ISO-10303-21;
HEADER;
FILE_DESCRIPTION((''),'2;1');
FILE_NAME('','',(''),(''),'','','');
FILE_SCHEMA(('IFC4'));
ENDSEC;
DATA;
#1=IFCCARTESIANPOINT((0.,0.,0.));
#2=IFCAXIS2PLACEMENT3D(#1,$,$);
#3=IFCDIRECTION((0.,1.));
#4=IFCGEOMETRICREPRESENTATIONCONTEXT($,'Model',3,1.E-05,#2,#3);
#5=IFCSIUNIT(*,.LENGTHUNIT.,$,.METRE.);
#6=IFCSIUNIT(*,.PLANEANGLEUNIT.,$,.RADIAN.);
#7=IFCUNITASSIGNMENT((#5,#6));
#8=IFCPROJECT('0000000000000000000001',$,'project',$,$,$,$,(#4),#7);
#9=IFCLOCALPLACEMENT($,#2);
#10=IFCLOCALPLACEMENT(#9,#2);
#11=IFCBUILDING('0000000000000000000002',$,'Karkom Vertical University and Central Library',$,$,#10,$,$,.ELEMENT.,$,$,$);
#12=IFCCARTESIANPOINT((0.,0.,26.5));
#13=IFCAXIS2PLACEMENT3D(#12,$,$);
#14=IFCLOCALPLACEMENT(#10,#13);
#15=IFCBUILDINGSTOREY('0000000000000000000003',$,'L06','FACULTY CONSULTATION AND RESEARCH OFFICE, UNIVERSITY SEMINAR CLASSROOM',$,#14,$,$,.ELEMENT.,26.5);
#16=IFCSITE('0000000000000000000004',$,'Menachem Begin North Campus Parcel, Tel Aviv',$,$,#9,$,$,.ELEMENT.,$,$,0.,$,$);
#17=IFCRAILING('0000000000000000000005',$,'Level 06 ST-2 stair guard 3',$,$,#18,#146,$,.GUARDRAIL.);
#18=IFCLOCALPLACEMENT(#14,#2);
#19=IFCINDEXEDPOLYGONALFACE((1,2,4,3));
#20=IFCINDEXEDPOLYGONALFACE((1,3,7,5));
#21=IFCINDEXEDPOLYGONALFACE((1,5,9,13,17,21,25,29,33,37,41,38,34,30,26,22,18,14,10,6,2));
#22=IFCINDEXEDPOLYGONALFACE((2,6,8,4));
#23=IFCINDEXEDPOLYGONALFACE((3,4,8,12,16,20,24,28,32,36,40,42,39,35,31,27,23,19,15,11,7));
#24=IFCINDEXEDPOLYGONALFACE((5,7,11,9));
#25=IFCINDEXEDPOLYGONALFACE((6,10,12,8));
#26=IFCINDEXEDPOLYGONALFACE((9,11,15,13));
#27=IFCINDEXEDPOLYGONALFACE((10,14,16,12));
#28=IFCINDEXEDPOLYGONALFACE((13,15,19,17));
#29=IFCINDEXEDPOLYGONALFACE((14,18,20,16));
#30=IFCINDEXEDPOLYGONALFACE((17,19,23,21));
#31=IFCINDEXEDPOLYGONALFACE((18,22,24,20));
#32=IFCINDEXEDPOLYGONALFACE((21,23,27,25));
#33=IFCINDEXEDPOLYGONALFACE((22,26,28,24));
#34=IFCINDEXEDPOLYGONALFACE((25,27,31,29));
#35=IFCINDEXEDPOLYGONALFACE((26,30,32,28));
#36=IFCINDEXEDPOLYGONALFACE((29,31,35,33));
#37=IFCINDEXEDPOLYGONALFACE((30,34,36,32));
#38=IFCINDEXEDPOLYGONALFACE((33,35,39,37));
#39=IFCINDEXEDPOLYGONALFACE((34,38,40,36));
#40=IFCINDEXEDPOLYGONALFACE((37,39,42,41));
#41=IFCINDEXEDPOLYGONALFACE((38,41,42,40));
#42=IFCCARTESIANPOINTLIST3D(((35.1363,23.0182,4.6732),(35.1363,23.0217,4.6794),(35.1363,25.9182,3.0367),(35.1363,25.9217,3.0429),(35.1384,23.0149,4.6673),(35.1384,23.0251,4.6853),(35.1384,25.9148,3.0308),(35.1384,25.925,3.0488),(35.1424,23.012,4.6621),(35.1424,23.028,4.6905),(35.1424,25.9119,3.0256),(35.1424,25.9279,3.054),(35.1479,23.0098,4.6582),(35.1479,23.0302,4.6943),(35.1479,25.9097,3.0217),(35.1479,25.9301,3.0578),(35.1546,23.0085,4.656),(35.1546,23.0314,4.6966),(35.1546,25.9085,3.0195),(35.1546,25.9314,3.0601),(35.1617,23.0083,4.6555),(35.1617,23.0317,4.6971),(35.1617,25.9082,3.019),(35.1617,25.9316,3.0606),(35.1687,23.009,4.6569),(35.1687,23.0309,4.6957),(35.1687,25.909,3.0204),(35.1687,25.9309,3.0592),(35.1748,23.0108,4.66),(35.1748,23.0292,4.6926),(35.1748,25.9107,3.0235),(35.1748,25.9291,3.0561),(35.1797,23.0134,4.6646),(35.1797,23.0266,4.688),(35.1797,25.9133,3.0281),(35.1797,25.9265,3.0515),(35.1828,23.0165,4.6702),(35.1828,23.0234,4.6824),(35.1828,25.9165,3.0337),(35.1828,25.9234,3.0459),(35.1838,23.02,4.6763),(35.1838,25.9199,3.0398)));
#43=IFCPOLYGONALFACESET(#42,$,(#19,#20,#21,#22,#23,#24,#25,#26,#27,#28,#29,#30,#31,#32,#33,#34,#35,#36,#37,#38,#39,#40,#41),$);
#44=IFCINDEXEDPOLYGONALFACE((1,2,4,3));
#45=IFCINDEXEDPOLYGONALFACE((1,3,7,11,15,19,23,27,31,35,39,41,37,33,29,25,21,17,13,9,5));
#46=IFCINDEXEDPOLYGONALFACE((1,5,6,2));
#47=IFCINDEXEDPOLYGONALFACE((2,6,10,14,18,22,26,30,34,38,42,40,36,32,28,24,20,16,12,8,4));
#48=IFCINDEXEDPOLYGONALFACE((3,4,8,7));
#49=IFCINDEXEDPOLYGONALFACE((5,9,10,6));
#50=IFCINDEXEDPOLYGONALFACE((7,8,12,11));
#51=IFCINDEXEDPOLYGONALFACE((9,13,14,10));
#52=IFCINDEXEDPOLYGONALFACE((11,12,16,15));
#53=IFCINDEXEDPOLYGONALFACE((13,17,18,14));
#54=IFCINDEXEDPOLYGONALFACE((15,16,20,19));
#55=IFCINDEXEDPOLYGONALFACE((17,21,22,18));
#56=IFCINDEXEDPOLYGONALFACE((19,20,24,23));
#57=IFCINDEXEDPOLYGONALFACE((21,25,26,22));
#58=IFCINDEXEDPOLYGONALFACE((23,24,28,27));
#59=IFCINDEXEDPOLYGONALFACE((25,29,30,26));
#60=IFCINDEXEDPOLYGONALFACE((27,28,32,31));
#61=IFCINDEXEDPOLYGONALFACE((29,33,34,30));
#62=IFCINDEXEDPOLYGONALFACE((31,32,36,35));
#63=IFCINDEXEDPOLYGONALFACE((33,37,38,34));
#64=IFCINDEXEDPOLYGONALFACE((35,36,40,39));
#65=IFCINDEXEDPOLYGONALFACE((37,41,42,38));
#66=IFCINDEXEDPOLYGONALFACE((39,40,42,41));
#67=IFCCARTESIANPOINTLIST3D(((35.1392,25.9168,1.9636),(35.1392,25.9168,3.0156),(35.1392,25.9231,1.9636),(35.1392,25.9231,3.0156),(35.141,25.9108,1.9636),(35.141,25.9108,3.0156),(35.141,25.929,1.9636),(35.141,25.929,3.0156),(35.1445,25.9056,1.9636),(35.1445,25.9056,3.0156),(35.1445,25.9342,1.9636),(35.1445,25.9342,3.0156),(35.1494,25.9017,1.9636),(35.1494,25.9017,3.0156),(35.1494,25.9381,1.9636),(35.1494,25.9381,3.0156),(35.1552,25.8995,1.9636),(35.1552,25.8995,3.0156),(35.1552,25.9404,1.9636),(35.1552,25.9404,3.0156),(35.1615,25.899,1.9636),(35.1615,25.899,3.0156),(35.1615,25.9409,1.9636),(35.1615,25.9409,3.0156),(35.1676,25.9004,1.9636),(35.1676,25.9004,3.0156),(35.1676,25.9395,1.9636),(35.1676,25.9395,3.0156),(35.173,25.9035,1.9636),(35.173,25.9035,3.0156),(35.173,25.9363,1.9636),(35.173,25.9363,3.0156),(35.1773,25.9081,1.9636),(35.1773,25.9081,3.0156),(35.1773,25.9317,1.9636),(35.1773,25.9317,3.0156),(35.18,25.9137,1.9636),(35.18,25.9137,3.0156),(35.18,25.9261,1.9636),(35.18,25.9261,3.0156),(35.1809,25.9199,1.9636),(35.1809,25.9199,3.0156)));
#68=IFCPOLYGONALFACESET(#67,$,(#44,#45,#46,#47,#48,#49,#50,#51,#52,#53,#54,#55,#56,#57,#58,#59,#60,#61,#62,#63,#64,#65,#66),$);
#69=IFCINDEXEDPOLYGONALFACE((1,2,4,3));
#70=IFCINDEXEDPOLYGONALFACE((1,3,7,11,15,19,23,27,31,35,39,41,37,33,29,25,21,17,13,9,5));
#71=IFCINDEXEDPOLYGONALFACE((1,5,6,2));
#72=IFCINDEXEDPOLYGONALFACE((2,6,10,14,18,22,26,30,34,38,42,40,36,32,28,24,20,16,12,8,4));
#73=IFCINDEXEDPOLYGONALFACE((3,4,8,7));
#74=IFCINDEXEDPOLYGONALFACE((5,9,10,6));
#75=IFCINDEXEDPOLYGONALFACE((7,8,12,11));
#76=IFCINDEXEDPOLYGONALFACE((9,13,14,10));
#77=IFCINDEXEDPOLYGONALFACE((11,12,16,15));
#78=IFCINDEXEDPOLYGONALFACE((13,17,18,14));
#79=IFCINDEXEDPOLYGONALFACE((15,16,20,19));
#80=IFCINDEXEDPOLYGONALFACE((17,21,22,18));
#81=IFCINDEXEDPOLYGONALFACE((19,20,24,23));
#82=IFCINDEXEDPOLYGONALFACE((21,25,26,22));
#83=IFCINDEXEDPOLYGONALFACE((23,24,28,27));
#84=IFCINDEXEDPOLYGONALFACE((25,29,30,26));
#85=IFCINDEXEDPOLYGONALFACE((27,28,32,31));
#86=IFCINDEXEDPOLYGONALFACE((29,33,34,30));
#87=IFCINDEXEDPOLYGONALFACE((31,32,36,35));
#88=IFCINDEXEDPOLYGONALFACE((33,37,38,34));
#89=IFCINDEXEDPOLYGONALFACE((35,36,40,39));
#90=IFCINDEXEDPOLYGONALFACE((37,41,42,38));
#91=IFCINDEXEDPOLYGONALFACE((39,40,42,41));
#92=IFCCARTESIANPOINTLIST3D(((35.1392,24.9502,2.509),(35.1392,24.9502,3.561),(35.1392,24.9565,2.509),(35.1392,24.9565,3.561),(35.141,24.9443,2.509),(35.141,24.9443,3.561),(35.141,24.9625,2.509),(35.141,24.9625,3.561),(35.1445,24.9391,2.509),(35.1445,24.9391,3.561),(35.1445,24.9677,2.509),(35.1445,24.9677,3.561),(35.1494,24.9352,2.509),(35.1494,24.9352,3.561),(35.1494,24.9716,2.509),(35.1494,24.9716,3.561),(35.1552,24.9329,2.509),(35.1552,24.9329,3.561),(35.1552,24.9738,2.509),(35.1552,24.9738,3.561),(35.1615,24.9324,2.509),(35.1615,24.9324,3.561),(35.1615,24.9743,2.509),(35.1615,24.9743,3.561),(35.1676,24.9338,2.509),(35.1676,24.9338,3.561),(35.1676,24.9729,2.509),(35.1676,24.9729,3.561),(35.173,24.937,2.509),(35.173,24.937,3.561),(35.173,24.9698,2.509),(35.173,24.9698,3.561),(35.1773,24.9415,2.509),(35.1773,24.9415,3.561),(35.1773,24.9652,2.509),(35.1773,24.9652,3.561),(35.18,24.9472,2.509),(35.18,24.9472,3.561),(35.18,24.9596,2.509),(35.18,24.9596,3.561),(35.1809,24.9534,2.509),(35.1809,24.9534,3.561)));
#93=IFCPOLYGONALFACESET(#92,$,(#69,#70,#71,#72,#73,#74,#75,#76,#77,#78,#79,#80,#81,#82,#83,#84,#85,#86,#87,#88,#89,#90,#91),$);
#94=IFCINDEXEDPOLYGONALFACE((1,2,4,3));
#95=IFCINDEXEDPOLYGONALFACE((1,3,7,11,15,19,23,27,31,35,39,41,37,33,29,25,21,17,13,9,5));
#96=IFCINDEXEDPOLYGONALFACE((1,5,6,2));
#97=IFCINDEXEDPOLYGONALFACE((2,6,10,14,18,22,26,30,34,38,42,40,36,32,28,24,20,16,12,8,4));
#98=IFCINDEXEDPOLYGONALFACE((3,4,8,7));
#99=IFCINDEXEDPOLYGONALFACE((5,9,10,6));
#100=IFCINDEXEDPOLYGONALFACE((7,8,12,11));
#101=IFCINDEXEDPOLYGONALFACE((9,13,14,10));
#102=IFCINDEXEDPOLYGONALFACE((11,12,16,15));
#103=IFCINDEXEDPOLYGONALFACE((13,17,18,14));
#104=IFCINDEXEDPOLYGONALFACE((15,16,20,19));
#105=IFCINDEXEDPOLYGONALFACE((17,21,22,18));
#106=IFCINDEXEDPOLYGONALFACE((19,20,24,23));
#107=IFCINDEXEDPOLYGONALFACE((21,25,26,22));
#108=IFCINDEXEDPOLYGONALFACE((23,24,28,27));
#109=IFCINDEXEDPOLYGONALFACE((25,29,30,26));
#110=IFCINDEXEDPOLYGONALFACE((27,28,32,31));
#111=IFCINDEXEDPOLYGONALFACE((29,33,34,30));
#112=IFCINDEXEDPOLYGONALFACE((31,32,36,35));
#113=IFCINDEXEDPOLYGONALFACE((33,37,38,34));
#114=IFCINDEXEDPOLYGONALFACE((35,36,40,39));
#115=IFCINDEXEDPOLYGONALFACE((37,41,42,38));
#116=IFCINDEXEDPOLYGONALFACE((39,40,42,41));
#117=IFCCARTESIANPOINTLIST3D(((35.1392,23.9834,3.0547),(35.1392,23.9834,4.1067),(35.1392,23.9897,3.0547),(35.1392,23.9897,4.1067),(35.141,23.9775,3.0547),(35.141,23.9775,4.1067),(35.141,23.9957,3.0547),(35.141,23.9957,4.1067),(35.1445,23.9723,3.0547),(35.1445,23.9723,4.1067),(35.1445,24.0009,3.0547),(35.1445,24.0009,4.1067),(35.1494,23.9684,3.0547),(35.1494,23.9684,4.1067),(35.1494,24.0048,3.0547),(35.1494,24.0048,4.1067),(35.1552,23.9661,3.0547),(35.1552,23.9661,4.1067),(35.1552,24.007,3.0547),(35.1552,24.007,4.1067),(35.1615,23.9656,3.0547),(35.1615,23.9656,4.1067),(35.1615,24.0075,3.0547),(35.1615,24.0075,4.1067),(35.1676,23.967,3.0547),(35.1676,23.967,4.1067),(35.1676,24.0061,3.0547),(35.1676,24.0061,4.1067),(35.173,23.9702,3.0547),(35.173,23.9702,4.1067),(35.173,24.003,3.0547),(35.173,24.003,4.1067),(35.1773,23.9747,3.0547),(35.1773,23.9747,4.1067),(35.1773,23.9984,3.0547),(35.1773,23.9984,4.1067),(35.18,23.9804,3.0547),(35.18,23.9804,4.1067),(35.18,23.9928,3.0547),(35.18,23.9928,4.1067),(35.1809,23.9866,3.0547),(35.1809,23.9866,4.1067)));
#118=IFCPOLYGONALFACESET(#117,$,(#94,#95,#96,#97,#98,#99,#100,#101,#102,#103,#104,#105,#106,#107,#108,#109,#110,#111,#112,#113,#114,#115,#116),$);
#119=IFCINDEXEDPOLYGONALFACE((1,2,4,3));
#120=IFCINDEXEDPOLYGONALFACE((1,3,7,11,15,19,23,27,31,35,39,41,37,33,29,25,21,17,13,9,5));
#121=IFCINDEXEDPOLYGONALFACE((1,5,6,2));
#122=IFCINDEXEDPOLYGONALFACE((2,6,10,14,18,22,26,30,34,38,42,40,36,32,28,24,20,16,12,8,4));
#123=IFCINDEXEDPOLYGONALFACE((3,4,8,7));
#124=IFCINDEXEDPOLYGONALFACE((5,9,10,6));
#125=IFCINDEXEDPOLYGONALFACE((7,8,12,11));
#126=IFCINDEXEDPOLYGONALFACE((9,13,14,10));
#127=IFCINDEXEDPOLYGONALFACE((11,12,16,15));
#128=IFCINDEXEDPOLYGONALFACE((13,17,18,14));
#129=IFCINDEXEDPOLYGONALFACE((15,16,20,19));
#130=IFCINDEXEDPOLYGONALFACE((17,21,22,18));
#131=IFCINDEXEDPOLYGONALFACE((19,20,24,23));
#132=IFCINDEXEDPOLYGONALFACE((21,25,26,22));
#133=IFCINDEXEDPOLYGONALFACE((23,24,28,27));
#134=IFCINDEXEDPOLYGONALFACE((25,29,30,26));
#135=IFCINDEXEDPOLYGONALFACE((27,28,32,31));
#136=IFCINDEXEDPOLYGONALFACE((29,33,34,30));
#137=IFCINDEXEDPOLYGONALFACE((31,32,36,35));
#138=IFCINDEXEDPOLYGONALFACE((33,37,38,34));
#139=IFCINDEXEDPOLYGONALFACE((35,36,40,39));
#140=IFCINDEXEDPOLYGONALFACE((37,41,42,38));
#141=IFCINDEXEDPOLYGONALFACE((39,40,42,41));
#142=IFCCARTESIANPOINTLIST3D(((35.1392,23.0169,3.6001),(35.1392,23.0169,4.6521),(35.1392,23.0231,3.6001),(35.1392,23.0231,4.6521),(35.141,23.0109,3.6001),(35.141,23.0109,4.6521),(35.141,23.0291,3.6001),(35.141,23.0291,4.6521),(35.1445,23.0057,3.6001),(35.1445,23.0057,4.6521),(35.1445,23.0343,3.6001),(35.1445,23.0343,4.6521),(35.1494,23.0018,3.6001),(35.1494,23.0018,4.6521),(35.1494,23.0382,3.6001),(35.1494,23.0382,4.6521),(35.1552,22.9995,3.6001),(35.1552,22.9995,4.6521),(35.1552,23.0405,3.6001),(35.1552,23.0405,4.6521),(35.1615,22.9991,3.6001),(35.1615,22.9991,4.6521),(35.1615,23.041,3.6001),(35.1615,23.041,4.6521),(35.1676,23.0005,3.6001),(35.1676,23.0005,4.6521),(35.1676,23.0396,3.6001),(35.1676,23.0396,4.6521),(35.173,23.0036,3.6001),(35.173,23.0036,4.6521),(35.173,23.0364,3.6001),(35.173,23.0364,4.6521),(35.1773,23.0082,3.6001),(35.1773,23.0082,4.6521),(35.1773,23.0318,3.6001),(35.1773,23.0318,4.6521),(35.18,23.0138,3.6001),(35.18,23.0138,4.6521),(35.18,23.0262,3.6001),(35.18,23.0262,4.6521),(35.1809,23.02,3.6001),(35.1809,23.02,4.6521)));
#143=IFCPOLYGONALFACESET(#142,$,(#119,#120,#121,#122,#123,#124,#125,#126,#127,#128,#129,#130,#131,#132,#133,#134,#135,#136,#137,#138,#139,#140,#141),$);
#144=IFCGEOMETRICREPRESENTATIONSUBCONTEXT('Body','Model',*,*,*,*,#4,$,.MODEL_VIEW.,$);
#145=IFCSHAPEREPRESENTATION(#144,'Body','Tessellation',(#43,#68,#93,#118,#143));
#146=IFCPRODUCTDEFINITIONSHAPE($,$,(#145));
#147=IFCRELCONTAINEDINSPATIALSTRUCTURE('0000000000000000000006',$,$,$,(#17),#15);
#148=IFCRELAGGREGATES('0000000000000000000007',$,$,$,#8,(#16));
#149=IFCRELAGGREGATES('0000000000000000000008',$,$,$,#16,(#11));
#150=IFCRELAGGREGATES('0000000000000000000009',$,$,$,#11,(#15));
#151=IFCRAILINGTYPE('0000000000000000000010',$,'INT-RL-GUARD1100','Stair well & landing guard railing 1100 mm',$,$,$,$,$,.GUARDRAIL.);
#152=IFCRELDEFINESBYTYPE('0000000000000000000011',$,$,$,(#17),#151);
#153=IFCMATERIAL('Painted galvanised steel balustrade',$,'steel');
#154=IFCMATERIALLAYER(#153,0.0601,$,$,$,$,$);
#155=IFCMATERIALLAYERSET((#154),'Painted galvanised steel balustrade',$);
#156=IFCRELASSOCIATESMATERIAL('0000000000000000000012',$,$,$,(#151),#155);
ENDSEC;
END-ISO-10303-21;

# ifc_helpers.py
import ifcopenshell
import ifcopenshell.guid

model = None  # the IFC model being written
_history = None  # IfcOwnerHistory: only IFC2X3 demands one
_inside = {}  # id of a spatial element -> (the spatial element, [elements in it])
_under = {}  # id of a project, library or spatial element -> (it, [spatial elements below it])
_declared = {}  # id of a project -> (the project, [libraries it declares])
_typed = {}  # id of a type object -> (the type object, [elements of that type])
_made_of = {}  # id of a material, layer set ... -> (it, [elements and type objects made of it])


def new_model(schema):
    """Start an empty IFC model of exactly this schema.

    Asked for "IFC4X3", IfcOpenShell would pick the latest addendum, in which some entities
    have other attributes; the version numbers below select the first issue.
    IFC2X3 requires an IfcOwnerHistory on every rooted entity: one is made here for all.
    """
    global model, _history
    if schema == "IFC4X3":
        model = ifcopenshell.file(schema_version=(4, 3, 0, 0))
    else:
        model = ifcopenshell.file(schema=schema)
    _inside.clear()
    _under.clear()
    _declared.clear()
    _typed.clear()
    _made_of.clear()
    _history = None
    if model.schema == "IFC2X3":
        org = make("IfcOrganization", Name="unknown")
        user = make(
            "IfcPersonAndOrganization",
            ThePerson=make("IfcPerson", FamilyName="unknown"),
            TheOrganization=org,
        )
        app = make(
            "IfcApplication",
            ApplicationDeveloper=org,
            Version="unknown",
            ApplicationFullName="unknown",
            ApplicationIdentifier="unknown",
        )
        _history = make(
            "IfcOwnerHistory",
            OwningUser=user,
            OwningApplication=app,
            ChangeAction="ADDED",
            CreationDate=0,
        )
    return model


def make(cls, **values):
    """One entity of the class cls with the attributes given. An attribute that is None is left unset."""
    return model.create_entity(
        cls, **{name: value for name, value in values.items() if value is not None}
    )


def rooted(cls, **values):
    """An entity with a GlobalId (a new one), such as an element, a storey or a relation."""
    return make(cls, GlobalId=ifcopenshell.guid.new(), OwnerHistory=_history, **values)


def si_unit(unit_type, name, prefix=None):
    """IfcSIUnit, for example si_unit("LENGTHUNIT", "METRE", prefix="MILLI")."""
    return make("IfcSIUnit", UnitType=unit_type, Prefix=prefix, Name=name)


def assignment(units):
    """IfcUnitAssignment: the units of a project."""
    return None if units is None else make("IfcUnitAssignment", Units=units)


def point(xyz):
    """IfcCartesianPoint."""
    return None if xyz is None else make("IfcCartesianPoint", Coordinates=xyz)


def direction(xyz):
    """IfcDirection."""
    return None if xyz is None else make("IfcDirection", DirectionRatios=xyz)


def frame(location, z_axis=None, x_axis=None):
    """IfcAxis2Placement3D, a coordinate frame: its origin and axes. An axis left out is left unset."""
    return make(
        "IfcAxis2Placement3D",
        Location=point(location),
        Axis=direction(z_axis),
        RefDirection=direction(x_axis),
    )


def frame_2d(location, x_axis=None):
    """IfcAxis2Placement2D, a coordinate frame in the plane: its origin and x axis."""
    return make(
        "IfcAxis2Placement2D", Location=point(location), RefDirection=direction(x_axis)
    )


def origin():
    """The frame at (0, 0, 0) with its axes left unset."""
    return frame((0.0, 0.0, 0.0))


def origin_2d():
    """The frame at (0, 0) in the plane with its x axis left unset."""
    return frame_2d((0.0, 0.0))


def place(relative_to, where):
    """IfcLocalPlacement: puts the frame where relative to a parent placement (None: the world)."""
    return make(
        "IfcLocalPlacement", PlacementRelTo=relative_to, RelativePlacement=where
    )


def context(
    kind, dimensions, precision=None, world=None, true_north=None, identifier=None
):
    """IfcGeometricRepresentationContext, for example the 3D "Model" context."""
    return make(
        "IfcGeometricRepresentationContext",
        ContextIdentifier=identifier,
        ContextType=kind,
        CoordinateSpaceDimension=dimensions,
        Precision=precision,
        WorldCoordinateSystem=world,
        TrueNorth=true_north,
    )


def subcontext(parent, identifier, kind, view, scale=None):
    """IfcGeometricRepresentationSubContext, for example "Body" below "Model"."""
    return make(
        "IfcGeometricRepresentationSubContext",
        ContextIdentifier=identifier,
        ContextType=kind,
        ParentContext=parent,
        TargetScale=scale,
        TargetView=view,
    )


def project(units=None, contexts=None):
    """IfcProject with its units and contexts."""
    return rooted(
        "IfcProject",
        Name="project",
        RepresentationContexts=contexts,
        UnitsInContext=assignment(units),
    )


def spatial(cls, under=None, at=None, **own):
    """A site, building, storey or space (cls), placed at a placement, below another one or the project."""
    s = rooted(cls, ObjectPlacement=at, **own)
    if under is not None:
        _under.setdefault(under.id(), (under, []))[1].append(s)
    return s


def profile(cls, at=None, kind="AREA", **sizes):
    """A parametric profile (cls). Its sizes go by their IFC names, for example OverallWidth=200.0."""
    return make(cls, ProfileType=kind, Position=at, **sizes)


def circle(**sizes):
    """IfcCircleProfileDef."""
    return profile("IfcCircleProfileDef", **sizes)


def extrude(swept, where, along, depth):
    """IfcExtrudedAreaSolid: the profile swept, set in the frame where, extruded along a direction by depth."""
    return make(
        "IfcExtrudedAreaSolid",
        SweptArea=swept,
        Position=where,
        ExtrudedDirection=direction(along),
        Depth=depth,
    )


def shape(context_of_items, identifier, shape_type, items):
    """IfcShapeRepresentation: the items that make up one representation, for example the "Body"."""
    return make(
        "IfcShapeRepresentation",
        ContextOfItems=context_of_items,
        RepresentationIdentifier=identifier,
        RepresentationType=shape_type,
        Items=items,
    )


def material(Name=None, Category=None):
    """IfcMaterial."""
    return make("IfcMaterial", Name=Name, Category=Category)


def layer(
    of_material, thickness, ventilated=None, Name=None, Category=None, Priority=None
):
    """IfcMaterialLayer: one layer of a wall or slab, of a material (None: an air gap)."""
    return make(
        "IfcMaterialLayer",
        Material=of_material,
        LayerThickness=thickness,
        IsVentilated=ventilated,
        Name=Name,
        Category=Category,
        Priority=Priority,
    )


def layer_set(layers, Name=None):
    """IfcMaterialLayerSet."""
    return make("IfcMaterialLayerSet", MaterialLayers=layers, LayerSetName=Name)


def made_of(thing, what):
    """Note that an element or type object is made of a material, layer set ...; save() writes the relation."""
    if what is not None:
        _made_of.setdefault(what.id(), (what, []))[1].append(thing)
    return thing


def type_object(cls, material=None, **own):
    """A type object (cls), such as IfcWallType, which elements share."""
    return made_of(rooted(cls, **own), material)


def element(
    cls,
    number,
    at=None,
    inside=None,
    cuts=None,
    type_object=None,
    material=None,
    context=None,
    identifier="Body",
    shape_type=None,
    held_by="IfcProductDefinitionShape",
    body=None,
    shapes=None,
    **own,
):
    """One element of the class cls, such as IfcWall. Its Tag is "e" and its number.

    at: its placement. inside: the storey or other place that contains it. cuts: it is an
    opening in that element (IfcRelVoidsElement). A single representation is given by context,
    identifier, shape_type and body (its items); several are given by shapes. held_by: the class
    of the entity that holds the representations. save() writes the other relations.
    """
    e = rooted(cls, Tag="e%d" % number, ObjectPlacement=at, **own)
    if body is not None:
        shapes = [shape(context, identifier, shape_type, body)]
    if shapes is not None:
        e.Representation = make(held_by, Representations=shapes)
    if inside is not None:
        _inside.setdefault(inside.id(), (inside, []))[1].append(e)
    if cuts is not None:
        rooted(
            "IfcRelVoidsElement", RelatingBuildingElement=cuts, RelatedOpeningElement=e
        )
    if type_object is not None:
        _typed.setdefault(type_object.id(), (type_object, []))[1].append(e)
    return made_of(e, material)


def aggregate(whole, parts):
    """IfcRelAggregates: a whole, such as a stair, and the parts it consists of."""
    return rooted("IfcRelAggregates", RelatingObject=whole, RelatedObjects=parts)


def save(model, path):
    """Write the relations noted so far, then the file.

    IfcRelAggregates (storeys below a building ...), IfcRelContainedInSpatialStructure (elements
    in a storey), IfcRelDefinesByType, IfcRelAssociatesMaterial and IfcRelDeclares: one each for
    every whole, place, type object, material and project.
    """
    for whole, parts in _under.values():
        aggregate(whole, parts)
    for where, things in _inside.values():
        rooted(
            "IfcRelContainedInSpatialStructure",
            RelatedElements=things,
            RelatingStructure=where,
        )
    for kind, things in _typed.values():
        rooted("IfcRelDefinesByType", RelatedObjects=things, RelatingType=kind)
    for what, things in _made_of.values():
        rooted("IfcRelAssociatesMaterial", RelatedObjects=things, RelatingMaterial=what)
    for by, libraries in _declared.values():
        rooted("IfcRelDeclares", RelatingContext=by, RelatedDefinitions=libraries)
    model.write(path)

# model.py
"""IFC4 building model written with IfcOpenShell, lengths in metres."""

from ifc_helpers import new_model, si_unit, direction, frame, origin, origin_2d, place, context, subcontext, project, spatial, circle, extrude, material, layer, layer_set, type_object, element, save


model = new_model("IFC4")

# Units and contexts
model_context = context("Model", 3, precision=1e-05, world=origin(), true_north=direction((0.0, 1.0)))
body_context = subcontext(model_context, "Body", "Model", "MODEL_VIEW")
ifc_project = project(units=[si_unit("LENGTHUNIT", "METRE"), si_unit("PLANEANGLEUNIT", "RADIAN")], contexts=[model_context])

# Site, building, storey
site_placement = place(None, origin())
site = spatial("IfcSite", under=ifc_project, at=site_placement, Name="Menachem Begin North Campus Parcel, Tel Aviv", CompositionType="ELEMENT", RefElevation=0.0)
building_placement = place(site_placement, origin())
building = spatial("IfcBuilding", under=site, at=building_placement, Name="Karkom Vertical University and Central Library", CompositionType="ELEMENT")
storey_placement = place(building_placement, frame((0.0, 0.0, 26.5)))
storey = spatial("IfcBuildingStorey", under=building, at=storey_placement, Name="L06", Description="FACULTY CONSULTATION AND RESEARCH OFFICE, UNIVERSITY SEMINAR CLASSROOM", CompositionType="ELEMENT", Elevation=26.5)

# Railing
ifc_material_1 = material(Name="Painted galvanised steel balustrade", Category="steel")
ifc_layer_1 = layer(ifc_material_1, 0.0601)
ifc_layer_set_1 = layer_set([ifc_layer_1], Name="Painted galvanised steel balustrade")
railing_type_1 = type_object("IfcRailingType", Name="INT-RL-GUARD1100", Description="Stair well & landing guard railing 1100 mm", PredefinedType="GUARDRAIL", material=ifc_layer_set_1)
railing_1_placement = place(storey_placement, frame((35.1599, 25.9199, 1.9636)))
element("IfcRailing", 1, at=railing_1_placement, inside=storey, type_object=railing_type_1, Name="Level 06 ST-2 stair guard 3", PredefinedType="GUARDRAIL", context=body_context, shape_type="SweptSolid", body=[
    extrude(circle(Radius=0.0239, at=origin_2d()), frame((0.0, 0.0, 1.0762), z_axis=(0.0, -0.870897, 0.491465), x_axis=(1.0, 0.0, 0.0)), (0.0, 0.0, 1.0), 3.3298),
    extrude(circle(Radius=0.021, at=origin_2d()), origin(), (0.0, 0.0, 1.0), 1.052),
    extrude(circle(Radius=0.021, at=origin_2d()), frame((0.0, -0.9666, 0.5454)), (0.0, 0.0, 1.0), 1.052),
    extrude(circle(Radius=0.021, at=origin_2d()), frame((0.0, -1.9333, 1.0911)), (0.0, 0.0, 1.0), 1.052),
    extrude(circle(Radius=0.021, at=origin_2d()), frame((0.0, -2.8999, 1.6365)), (0.0, 0.0, 1.0), 1.052),
])

save(model, "model.ifc")
